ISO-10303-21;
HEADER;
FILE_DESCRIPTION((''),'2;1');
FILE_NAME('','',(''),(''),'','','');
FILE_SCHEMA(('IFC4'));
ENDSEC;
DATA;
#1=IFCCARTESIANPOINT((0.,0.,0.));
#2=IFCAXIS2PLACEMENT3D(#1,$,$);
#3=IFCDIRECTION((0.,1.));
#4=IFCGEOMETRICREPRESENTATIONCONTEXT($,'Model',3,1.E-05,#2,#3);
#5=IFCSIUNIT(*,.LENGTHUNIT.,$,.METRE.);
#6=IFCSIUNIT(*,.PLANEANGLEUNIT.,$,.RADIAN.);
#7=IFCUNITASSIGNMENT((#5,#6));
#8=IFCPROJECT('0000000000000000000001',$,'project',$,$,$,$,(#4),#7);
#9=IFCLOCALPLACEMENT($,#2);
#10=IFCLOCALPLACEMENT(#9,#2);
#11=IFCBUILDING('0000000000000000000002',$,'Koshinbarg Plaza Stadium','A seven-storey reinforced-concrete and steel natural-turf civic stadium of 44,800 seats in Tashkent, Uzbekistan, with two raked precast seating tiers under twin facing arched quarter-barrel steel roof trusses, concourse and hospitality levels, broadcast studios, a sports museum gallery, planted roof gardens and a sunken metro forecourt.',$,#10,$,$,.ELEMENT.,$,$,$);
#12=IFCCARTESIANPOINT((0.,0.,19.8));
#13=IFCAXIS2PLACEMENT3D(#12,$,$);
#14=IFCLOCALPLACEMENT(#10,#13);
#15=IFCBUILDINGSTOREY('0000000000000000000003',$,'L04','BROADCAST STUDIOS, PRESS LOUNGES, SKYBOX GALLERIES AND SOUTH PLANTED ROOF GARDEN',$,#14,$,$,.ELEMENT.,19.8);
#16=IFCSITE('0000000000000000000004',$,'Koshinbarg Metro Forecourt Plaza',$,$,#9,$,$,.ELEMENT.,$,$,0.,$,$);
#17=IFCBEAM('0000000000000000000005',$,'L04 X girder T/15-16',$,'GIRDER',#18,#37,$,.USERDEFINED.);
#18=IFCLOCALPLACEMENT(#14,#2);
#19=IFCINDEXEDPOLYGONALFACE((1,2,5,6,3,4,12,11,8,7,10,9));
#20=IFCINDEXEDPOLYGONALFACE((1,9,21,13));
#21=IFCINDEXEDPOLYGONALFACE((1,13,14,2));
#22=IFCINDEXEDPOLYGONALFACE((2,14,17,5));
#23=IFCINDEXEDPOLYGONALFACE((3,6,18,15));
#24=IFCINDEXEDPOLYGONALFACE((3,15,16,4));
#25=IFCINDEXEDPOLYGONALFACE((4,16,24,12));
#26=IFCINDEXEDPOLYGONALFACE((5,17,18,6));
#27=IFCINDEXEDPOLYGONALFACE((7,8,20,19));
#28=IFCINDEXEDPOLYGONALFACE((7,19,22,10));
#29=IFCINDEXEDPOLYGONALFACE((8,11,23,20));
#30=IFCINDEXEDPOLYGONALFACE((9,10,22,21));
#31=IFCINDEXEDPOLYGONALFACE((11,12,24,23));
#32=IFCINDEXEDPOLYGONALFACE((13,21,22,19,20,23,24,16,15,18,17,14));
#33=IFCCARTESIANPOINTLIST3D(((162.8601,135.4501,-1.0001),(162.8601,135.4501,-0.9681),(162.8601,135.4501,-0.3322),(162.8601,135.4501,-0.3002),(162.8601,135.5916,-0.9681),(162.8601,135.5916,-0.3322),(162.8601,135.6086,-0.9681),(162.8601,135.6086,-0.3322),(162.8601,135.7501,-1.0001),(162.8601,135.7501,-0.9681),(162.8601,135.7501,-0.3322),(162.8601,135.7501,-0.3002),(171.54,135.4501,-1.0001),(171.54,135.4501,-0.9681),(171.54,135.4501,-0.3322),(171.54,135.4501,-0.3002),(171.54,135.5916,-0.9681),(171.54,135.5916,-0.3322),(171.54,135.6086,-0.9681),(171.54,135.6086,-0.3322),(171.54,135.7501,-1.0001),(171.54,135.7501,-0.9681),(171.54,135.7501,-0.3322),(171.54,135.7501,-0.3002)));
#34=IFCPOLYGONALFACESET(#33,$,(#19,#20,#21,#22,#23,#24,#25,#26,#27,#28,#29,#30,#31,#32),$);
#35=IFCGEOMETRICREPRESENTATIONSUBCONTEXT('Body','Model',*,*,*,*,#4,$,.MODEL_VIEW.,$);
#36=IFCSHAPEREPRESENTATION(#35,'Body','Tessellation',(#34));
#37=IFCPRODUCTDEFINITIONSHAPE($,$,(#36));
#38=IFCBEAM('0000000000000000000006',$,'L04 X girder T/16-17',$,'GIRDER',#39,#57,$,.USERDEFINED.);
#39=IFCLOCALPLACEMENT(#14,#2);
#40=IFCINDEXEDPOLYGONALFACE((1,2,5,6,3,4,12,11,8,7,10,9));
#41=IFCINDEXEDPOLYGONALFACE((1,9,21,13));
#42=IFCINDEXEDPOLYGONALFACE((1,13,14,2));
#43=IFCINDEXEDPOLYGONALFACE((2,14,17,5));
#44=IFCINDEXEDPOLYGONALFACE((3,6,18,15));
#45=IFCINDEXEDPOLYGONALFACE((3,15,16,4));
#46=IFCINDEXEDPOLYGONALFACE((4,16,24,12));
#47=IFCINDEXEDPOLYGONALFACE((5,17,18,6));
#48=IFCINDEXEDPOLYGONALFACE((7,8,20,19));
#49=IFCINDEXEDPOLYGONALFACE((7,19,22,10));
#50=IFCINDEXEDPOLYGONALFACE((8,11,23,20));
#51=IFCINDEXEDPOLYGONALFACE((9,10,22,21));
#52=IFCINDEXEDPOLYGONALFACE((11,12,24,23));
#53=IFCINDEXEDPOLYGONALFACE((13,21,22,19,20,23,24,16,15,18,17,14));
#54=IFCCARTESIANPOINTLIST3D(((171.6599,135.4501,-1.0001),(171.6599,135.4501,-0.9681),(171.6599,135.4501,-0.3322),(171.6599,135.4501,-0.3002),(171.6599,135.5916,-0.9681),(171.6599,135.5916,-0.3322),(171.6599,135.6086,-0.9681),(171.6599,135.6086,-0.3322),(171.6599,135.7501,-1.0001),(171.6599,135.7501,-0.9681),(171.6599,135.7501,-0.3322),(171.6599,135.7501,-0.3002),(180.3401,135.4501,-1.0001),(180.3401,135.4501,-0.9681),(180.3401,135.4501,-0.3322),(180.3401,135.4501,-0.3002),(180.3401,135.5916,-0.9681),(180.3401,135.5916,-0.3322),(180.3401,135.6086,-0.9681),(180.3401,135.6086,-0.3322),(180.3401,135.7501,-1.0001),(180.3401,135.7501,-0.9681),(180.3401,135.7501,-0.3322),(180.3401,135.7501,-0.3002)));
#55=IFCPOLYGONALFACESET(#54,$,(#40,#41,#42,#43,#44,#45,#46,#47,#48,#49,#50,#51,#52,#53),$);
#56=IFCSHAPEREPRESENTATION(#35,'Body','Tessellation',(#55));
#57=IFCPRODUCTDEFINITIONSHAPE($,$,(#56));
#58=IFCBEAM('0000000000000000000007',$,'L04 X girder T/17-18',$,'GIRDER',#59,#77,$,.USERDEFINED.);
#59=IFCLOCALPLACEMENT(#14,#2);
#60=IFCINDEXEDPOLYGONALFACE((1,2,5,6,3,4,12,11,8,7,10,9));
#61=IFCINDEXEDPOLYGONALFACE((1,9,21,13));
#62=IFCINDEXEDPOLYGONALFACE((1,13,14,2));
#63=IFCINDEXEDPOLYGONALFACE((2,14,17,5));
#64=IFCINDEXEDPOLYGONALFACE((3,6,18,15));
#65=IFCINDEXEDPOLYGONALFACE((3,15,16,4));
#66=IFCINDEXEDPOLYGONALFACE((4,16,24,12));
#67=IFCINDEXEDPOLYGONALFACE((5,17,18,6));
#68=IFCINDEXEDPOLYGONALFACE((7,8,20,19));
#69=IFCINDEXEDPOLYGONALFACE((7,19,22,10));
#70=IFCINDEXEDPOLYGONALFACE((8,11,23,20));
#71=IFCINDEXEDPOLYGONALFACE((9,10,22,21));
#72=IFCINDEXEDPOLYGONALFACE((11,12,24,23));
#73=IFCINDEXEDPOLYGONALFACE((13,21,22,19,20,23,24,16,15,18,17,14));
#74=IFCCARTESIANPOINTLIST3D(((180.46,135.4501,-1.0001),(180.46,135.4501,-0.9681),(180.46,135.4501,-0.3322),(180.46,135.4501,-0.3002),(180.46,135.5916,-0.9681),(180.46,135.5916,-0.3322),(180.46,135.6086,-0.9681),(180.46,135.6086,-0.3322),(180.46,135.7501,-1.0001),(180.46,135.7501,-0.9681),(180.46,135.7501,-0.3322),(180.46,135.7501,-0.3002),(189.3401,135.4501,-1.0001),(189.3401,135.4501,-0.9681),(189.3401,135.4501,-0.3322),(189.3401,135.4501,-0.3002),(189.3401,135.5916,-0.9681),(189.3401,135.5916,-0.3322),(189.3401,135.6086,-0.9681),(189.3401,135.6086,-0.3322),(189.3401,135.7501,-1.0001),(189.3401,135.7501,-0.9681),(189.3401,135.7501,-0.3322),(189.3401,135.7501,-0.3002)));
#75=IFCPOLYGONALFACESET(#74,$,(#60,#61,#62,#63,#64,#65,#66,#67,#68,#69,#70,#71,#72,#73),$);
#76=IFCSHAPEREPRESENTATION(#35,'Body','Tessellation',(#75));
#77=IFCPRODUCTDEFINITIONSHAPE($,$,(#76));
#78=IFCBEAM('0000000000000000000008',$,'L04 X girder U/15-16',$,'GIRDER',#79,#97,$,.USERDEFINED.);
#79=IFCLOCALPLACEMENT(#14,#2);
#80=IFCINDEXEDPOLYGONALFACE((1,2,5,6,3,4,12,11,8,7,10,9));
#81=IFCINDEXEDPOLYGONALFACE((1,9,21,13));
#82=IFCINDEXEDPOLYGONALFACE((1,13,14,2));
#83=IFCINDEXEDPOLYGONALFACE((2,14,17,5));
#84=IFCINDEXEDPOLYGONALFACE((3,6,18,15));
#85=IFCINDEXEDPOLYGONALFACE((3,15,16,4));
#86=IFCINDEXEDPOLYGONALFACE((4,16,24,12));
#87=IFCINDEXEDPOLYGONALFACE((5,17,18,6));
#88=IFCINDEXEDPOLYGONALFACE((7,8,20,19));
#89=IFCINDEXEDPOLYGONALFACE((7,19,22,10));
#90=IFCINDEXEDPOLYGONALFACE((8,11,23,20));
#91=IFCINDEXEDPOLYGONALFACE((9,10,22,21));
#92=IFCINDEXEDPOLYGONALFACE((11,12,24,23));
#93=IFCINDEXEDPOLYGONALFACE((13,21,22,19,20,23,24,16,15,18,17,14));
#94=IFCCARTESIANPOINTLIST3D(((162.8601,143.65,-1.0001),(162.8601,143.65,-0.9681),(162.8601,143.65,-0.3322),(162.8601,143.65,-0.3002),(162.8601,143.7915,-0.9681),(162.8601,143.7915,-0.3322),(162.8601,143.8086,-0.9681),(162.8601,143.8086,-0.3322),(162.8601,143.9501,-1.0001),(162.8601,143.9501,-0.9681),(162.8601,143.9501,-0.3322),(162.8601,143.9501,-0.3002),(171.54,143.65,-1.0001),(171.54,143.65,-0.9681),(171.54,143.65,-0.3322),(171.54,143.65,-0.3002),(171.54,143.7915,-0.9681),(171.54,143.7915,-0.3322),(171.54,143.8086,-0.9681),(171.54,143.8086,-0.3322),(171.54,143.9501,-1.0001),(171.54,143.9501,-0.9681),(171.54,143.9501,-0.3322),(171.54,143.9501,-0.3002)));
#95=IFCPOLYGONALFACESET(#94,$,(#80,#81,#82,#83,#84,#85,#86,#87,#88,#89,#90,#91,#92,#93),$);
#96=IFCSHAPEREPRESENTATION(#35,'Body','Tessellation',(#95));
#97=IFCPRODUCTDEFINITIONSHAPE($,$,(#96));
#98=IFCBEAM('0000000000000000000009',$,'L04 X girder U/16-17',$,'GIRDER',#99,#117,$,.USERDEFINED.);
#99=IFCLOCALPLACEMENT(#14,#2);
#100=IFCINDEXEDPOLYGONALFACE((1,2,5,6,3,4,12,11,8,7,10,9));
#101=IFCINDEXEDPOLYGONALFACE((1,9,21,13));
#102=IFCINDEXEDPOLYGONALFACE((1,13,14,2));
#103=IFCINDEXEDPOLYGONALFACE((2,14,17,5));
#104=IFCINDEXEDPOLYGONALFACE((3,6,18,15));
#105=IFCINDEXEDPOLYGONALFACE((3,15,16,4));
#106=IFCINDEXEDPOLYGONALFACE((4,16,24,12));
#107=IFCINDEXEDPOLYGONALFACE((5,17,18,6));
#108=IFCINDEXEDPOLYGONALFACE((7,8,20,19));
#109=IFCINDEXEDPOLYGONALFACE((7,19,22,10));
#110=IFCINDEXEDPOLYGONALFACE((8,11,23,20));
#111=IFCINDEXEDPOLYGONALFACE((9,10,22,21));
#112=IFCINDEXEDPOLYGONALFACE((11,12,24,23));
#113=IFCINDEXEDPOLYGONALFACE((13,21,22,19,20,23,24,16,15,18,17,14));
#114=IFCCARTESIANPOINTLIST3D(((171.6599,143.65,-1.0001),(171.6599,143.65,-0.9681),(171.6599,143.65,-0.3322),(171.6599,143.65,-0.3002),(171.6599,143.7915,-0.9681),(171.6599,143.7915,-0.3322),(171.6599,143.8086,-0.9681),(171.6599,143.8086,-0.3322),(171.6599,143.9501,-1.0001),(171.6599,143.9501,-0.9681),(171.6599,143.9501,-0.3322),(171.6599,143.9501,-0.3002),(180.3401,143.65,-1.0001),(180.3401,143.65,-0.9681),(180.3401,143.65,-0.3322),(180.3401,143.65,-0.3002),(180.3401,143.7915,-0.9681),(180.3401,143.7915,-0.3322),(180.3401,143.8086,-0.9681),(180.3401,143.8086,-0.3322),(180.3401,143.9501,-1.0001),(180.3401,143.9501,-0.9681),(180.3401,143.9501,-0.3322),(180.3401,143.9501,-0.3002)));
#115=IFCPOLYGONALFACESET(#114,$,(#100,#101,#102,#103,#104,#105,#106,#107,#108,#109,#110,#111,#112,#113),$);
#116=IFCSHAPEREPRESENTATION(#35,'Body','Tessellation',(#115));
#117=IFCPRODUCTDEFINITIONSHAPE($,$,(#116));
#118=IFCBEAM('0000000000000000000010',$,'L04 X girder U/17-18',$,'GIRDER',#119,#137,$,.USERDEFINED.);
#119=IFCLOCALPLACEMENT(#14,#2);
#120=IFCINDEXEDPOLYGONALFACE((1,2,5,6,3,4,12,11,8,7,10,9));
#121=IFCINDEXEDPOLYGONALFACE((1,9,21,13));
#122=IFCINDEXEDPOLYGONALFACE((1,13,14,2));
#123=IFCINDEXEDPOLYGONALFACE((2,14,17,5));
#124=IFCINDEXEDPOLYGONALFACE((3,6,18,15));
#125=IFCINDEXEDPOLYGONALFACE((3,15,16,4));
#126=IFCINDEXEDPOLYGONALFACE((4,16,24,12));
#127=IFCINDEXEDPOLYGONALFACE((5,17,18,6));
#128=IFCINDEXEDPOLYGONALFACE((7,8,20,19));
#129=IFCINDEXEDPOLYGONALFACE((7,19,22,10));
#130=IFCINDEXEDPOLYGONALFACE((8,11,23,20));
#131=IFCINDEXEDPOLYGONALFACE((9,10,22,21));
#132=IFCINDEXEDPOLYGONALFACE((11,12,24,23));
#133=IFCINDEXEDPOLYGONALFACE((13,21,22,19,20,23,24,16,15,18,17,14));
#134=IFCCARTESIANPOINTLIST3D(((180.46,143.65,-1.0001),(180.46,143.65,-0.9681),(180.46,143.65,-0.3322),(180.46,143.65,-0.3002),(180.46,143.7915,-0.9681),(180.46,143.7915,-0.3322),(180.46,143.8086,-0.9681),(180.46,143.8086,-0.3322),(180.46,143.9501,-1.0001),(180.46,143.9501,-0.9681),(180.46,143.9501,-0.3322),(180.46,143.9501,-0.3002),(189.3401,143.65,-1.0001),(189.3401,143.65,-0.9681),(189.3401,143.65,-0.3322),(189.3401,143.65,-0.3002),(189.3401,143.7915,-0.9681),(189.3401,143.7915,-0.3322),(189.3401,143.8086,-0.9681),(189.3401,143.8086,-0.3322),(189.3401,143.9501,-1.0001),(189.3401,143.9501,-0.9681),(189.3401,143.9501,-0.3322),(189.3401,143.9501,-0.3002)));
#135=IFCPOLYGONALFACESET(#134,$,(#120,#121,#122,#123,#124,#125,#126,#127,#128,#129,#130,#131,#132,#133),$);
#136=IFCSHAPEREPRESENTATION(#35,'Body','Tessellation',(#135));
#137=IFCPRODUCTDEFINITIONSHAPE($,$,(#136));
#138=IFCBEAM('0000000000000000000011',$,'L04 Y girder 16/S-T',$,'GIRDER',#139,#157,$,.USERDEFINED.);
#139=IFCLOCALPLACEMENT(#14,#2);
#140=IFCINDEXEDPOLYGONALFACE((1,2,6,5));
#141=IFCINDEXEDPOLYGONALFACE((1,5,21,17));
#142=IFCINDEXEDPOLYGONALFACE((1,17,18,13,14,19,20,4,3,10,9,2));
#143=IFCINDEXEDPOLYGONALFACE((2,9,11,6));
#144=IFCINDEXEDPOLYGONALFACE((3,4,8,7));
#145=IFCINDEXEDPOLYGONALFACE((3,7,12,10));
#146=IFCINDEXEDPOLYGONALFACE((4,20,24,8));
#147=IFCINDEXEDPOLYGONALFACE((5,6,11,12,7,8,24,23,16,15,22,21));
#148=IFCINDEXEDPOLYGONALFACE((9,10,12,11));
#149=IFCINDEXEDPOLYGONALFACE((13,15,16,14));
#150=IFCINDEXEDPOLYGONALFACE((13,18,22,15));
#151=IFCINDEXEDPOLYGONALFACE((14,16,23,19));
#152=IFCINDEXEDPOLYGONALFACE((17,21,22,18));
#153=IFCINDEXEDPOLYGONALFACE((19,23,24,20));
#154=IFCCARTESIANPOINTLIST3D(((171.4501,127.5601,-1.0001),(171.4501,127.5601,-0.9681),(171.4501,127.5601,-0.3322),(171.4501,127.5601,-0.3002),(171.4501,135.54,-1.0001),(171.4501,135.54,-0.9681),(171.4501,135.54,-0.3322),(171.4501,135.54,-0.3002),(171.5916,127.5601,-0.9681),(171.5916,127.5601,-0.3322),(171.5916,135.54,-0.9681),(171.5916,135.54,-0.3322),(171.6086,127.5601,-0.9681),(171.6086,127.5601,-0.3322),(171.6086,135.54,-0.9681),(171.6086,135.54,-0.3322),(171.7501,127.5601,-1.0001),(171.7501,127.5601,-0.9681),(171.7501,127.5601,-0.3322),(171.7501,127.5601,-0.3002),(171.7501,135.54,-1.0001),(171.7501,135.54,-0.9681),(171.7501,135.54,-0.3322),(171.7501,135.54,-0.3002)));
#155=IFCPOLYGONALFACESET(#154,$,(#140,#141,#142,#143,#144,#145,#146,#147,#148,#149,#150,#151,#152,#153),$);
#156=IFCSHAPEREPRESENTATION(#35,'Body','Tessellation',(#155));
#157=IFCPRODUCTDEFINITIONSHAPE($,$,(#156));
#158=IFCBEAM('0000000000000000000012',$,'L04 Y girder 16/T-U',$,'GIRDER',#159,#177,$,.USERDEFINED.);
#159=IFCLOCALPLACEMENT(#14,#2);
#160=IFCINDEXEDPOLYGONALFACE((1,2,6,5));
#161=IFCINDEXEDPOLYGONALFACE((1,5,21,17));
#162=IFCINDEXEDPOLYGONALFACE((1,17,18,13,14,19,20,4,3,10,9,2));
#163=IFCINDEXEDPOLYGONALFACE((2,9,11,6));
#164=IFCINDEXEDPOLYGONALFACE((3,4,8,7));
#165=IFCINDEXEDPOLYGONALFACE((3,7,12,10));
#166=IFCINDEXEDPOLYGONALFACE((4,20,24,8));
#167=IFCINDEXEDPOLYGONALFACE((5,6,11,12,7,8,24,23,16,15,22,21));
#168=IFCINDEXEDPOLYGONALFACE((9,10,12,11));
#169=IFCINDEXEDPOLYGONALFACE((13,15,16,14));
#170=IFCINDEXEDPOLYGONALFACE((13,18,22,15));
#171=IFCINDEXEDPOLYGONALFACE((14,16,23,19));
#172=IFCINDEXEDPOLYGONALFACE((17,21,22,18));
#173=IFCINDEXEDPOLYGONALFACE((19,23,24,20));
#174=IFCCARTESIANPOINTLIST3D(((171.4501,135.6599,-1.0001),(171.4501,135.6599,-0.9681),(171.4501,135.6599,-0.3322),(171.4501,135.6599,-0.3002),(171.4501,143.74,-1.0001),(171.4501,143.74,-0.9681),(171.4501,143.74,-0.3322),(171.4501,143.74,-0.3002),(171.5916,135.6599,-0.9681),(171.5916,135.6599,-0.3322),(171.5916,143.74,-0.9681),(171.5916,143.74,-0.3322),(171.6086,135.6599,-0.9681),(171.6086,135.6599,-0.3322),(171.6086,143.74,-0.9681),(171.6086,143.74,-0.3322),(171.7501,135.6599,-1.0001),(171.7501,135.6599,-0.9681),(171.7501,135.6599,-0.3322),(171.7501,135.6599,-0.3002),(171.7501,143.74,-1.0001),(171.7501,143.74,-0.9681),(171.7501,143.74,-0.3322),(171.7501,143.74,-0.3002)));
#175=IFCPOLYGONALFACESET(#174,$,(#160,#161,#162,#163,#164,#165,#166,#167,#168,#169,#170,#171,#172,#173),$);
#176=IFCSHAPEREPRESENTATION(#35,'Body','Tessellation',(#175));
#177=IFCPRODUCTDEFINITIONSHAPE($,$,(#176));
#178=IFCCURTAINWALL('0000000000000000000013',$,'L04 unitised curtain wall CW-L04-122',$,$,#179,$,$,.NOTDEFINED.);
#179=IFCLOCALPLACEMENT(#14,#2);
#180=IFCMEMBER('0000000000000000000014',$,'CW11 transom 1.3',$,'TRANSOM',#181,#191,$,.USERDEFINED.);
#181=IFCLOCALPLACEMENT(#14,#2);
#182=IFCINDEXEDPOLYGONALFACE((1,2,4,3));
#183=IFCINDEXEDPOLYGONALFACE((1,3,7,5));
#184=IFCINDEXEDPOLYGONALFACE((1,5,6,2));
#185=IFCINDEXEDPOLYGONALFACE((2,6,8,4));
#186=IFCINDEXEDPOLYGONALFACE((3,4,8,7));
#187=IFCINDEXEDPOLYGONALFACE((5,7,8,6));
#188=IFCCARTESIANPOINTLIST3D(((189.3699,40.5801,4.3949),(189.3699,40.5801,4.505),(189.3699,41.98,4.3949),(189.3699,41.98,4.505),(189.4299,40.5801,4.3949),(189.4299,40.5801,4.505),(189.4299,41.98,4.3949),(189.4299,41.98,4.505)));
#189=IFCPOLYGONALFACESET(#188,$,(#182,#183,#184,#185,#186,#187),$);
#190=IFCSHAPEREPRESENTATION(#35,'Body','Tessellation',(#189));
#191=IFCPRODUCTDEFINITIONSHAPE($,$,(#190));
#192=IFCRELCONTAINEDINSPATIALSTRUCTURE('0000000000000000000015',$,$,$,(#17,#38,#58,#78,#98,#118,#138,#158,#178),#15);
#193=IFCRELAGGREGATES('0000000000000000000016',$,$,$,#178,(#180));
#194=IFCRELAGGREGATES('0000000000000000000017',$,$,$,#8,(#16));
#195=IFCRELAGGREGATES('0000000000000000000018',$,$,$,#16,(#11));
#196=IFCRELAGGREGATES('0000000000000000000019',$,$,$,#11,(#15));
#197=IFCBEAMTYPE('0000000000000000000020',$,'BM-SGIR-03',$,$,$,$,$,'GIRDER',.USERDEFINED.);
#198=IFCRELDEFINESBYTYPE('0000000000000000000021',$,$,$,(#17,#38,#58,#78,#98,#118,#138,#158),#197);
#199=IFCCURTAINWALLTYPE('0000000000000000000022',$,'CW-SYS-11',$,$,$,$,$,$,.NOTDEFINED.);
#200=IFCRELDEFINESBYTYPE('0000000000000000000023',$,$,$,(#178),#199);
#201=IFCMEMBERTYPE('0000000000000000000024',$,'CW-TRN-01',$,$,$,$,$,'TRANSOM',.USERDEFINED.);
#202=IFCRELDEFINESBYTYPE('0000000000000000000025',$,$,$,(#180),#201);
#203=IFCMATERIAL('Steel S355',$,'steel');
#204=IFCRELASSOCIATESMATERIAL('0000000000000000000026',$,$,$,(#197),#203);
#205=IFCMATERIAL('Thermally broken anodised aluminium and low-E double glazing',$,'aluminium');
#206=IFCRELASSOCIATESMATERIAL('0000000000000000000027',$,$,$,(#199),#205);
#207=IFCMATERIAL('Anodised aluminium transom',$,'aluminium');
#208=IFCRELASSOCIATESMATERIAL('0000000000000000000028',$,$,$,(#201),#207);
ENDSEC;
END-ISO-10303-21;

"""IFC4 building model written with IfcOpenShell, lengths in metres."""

from ifc_helpers import new_model, si_unit, direction, frame, origin, origin_2d, place, context, subcontext, project, spatial, rectangle, i_section, extrude, material, material_profile, profile_set, type_object, element, aggregate, save


model = new_model("IFC4")

# Units and contexts
model_context = context("Model", 3, precision=1e-05, world=origin(), true_north=direction((0.0, 1.0)))
body_context = subcontext(model_context, "Body", "Model", "MODEL_VIEW")
ifc_project = project(units=[si_unit("LENGTHUNIT", "METRE"), si_unit("PLANEANGLEUNIT", "RADIAN")], contexts=[model_context])

# Site, building, storey
site_placement = place(None, origin())
site = spatial("IfcSite", under=ifc_project, at=site_placement, Name="Koshinbarg Metro Forecourt Plaza", CompositionType="ELEMENT", RefElevation=0.0)
building_placement = place(site_placement, origin())
building = spatial("IfcBuilding", under=site, at=building_placement, Name="Koshinbarg Plaza Stadium", Description="A seven-storey reinforced-concrete and steel natural-turf civic stadium of 44,800 seats in Tashkent, Uzbekistan, with two raked precast seating tiers under twin facing arched quarter-barrel steel roof trusses, concourse and hospitality levels, broadcast studios, a sports museum gallery, planted roof gardens and a sunken metro forecourt.", CompositionType="ELEMENT")
storey_placement = place(building_placement, frame((0.0, 0.0, 19.8)))
storey = spatial("IfcBuildingStorey", under=building, at=storey_placement, Name="L04", Description="BROADCAST STUDIOS, PRESS LOUNGES, SKYBOX GALLERIES AND SOUTH PLANTED ROOF GARDEN", CompositionType="ELEMENT", Elevation=19.8)

# Beams
ifc_material_1 = material(Name="Steel S355", Category="steel")
ifc_material_profile_1 = material_profile(ifc_material_1, i_section(OverallWidth=0.3, OverallDepth=0.7, WebThickness=0.0171, FlangeThickness=0.032, at=origin_2d()), Name="HEB 700")
ifc_profile_set_1 = profile_set([ifc_material_profile_1], Name="Steel S355")
beam_type_1 = type_object("IfcBeamType", Name="BM-SGIR-03", ElementType="GIRDER", PredefinedType="USERDEFINED", material=ifc_profile_set_1)
beam_1_placement = place(storey_placement, frame((162.8601, 135.6001, -0.6501), z_axis=(1.0, 0.0, 0.0), x_axis=(0.0, 1.0, 0.0)))
element("IfcBeam", 1, at=beam_1_placement, inside=storey, type_object=beam_type_1, Name="L04 X girder T/15-16", ObjectType="GIRDER", PredefinedType="USERDEFINED", context=body_context, shape_type="SweptSolid", body=[
    extrude(i_section(OverallWidth=0.3, OverallDepth=0.7, WebThickness=0.0171, FlangeThickness=0.032, at=origin_2d()), origin(), (0.0, 0.0, 1.0), 8.6799),
])
beam_2_placement = place(storey_placement, frame((171.6599, 135.6001, -0.6501), z_axis=(1.0, 0.0, 0.0), x_axis=(0.0, 1.0, 0.0)))
element("IfcBeam", 2, at=beam_2_placement, inside=storey, type_object=beam_type_1, Name="L04 X girder T/16-17", ObjectType="GIRDER", PredefinedType="USERDEFINED", context=body_context, shape_type="SweptSolid", body=[
    extrude(i_section(OverallWidth=0.3, OverallDepth=0.7, WebThickness=0.0171, FlangeThickness=0.032, at=origin_2d()), origin(), (0.0, 0.0, 1.0), 8.6802),
])
beam_3_placement = place(storey_placement, frame((180.46, 135.6001, -0.6501), z_axis=(1.0, 0.0, 0.0), x_axis=(0.0, 1.0, 0.0)))
element("IfcBeam", 3, at=beam_3_placement, inside=storey, type_object=beam_type_1, Name="L04 X girder T/17-18", ObjectType="GIRDER", PredefinedType="USERDEFINED", context=body_context, shape_type="SweptSolid", body=[
    extrude(i_section(OverallWidth=0.3, OverallDepth=0.7, WebThickness=0.0171, FlangeThickness=0.032, at=origin_2d()), origin(), (0.0, 0.0, 1.0), 8.8801),
])
beam_4_placement = place(storey_placement, frame((162.8601, 143.8, -0.6501), z_axis=(1.0, 0.0, 0.0), x_axis=(0.0, 1.0, 0.0)))
element("IfcBeam", 4, at=beam_4_placement, inside=storey, type_object=beam_type_1, Name="L04 X girder U/15-16", ObjectType="GIRDER", PredefinedType="USERDEFINED", context=body_context, shape_type="SweptSolid", body=[
    extrude(i_section(OverallWidth=0.3, OverallDepth=0.7, WebThickness=0.0171, FlangeThickness=0.032, at=origin_2d()), origin(), (0.0, 0.0, 1.0), 8.6799),
])
beam_5_placement = place(storey_placement, frame((171.6599, 143.8, -0.6501), z_axis=(1.0, 0.0, 0.0), x_axis=(0.0, 1.0, 0.0)))
element("IfcBeam", 5, at=beam_5_placement, inside=storey, type_object=beam_type_1, Name="L04 X girder U/16-17", ObjectType="GIRDER", PredefinedType="USERDEFINED", context=body_context, shape_type="SweptSolid", body=[
    extrude(i_section(OverallWidth=0.3, OverallDepth=0.7, WebThickness=0.0171, FlangeThickness=0.032, at=origin_2d()), origin(), (0.0, 0.0, 1.0), 8.6802),
])
beam_6_placement = place(storey_placement, frame((180.46, 143.8, -0.6501), z_axis=(1.0, 0.0, 0.0), x_axis=(0.0, 1.0, 0.0)))
element("IfcBeam", 6, at=beam_6_placement, inside=storey, type_object=beam_type_1, Name="L04 X girder U/17-18", ObjectType="GIRDER", PredefinedType="USERDEFINED", context=body_context, shape_type="SweptSolid", body=[
    extrude(i_section(OverallWidth=0.3, OverallDepth=0.7, WebThickness=0.0171, FlangeThickness=0.032, at=origin_2d()), origin(), (0.0, 0.0, 1.0), 8.8801),
])
beam_7_placement = place(storey_placement, frame((171.6001, 127.5601, -0.6501), z_axis=(0.0, 1.0, 0.0), x_axis=(-1.0, 0.0, 0.0)))
element("IfcBeam", 7, at=beam_7_placement, inside=storey, type_object=beam_type_1, Name="L04 Y girder 16/S-T", ObjectType="GIRDER", PredefinedType="USERDEFINED", context=body_context, shape_type="SweptSolid", body=[
    extrude(i_section(OverallWidth=0.3, OverallDepth=0.7, WebThickness=0.0171, FlangeThickness=0.032, at=origin_2d()), origin(), (0.0, 0.0, 1.0), 7.98),
])
beam_8_placement = place(storey_placement, frame((171.6001, 135.6599, -0.6501), z_axis=(0.0, 1.0, 0.0), x_axis=(-1.0, 0.0, 0.0)))
element("IfcBeam", 8, at=beam_8_placement, inside=storey, type_object=beam_type_1, Name="L04 Y girder 16/T-U", ObjectType="GIRDER", PredefinedType="USERDEFINED", context=body_context, shape_type="SweptSolid", body=[
    extrude(i_section(OverallWidth=0.3, OverallDepth=0.7, WebThickness=0.0171, FlangeThickness=0.032, at=origin_2d()), origin(), (0.0, 0.0, 1.0), 8.0801),
])

# Curtain wall, member
ifc_material_2 = material(Name="Thermally broken anodised aluminium and low-E double glazing", Category="aluminium")
curtain_wall_type = type_object("IfcCurtainWallType", Name="CW-SYS-11", PredefinedType="NOTDEFINED", material=ifc_material_2)
curtain_wall_placement = place(storey_placement, origin())
curtain_wall = element("IfcCurtainWall", 9, at=curtain_wall_placement, inside=storey, type_object=curtain_wall_type, Name="L04 unitised curtain wall CW-L04-122", PredefinedType="NOTDEFINED")
ifc_material_3 = material(Name="Anodised aluminium transom", Category="aluminium")
ifc_material_profile_2 = material_profile(ifc_material_3, rectangle(XDim=0.0601, YDim=0.1101, at=origin_2d()), Name="ALU 60x110")
ifc_profile_set_2 = profile_set([ifc_material_profile_2], Name="Anodised aluminium transom")
member_type = type_object("IfcMemberType", Name="CW-TRN-01", ElementType="TRANSOM", PredefinedType="USERDEFINED", material=ifc_profile_set_2)
member_placement = place(storey_placement, frame((189.3999, 40.5801, 4.45), z_axis=(0.0, 1.0, 0.0), x_axis=(-1.0, 0.0, 0.0)))
member = element("IfcMember", 10, at=member_placement, type_object=member_type, Name="CW11 transom 1.3", ObjectType="TRANSOM", PredefinedType="USERDEFINED", context=body_context, shape_type="SweptSolid", body=[
    extrude(rectangle(XDim=0.0601, YDim=0.1101, at=origin_2d()), origin(), (0.0, 0.0, 1.0), 1.3999),
])
aggregate(curtain_wall, [member])

save(model, "model.ifc")
